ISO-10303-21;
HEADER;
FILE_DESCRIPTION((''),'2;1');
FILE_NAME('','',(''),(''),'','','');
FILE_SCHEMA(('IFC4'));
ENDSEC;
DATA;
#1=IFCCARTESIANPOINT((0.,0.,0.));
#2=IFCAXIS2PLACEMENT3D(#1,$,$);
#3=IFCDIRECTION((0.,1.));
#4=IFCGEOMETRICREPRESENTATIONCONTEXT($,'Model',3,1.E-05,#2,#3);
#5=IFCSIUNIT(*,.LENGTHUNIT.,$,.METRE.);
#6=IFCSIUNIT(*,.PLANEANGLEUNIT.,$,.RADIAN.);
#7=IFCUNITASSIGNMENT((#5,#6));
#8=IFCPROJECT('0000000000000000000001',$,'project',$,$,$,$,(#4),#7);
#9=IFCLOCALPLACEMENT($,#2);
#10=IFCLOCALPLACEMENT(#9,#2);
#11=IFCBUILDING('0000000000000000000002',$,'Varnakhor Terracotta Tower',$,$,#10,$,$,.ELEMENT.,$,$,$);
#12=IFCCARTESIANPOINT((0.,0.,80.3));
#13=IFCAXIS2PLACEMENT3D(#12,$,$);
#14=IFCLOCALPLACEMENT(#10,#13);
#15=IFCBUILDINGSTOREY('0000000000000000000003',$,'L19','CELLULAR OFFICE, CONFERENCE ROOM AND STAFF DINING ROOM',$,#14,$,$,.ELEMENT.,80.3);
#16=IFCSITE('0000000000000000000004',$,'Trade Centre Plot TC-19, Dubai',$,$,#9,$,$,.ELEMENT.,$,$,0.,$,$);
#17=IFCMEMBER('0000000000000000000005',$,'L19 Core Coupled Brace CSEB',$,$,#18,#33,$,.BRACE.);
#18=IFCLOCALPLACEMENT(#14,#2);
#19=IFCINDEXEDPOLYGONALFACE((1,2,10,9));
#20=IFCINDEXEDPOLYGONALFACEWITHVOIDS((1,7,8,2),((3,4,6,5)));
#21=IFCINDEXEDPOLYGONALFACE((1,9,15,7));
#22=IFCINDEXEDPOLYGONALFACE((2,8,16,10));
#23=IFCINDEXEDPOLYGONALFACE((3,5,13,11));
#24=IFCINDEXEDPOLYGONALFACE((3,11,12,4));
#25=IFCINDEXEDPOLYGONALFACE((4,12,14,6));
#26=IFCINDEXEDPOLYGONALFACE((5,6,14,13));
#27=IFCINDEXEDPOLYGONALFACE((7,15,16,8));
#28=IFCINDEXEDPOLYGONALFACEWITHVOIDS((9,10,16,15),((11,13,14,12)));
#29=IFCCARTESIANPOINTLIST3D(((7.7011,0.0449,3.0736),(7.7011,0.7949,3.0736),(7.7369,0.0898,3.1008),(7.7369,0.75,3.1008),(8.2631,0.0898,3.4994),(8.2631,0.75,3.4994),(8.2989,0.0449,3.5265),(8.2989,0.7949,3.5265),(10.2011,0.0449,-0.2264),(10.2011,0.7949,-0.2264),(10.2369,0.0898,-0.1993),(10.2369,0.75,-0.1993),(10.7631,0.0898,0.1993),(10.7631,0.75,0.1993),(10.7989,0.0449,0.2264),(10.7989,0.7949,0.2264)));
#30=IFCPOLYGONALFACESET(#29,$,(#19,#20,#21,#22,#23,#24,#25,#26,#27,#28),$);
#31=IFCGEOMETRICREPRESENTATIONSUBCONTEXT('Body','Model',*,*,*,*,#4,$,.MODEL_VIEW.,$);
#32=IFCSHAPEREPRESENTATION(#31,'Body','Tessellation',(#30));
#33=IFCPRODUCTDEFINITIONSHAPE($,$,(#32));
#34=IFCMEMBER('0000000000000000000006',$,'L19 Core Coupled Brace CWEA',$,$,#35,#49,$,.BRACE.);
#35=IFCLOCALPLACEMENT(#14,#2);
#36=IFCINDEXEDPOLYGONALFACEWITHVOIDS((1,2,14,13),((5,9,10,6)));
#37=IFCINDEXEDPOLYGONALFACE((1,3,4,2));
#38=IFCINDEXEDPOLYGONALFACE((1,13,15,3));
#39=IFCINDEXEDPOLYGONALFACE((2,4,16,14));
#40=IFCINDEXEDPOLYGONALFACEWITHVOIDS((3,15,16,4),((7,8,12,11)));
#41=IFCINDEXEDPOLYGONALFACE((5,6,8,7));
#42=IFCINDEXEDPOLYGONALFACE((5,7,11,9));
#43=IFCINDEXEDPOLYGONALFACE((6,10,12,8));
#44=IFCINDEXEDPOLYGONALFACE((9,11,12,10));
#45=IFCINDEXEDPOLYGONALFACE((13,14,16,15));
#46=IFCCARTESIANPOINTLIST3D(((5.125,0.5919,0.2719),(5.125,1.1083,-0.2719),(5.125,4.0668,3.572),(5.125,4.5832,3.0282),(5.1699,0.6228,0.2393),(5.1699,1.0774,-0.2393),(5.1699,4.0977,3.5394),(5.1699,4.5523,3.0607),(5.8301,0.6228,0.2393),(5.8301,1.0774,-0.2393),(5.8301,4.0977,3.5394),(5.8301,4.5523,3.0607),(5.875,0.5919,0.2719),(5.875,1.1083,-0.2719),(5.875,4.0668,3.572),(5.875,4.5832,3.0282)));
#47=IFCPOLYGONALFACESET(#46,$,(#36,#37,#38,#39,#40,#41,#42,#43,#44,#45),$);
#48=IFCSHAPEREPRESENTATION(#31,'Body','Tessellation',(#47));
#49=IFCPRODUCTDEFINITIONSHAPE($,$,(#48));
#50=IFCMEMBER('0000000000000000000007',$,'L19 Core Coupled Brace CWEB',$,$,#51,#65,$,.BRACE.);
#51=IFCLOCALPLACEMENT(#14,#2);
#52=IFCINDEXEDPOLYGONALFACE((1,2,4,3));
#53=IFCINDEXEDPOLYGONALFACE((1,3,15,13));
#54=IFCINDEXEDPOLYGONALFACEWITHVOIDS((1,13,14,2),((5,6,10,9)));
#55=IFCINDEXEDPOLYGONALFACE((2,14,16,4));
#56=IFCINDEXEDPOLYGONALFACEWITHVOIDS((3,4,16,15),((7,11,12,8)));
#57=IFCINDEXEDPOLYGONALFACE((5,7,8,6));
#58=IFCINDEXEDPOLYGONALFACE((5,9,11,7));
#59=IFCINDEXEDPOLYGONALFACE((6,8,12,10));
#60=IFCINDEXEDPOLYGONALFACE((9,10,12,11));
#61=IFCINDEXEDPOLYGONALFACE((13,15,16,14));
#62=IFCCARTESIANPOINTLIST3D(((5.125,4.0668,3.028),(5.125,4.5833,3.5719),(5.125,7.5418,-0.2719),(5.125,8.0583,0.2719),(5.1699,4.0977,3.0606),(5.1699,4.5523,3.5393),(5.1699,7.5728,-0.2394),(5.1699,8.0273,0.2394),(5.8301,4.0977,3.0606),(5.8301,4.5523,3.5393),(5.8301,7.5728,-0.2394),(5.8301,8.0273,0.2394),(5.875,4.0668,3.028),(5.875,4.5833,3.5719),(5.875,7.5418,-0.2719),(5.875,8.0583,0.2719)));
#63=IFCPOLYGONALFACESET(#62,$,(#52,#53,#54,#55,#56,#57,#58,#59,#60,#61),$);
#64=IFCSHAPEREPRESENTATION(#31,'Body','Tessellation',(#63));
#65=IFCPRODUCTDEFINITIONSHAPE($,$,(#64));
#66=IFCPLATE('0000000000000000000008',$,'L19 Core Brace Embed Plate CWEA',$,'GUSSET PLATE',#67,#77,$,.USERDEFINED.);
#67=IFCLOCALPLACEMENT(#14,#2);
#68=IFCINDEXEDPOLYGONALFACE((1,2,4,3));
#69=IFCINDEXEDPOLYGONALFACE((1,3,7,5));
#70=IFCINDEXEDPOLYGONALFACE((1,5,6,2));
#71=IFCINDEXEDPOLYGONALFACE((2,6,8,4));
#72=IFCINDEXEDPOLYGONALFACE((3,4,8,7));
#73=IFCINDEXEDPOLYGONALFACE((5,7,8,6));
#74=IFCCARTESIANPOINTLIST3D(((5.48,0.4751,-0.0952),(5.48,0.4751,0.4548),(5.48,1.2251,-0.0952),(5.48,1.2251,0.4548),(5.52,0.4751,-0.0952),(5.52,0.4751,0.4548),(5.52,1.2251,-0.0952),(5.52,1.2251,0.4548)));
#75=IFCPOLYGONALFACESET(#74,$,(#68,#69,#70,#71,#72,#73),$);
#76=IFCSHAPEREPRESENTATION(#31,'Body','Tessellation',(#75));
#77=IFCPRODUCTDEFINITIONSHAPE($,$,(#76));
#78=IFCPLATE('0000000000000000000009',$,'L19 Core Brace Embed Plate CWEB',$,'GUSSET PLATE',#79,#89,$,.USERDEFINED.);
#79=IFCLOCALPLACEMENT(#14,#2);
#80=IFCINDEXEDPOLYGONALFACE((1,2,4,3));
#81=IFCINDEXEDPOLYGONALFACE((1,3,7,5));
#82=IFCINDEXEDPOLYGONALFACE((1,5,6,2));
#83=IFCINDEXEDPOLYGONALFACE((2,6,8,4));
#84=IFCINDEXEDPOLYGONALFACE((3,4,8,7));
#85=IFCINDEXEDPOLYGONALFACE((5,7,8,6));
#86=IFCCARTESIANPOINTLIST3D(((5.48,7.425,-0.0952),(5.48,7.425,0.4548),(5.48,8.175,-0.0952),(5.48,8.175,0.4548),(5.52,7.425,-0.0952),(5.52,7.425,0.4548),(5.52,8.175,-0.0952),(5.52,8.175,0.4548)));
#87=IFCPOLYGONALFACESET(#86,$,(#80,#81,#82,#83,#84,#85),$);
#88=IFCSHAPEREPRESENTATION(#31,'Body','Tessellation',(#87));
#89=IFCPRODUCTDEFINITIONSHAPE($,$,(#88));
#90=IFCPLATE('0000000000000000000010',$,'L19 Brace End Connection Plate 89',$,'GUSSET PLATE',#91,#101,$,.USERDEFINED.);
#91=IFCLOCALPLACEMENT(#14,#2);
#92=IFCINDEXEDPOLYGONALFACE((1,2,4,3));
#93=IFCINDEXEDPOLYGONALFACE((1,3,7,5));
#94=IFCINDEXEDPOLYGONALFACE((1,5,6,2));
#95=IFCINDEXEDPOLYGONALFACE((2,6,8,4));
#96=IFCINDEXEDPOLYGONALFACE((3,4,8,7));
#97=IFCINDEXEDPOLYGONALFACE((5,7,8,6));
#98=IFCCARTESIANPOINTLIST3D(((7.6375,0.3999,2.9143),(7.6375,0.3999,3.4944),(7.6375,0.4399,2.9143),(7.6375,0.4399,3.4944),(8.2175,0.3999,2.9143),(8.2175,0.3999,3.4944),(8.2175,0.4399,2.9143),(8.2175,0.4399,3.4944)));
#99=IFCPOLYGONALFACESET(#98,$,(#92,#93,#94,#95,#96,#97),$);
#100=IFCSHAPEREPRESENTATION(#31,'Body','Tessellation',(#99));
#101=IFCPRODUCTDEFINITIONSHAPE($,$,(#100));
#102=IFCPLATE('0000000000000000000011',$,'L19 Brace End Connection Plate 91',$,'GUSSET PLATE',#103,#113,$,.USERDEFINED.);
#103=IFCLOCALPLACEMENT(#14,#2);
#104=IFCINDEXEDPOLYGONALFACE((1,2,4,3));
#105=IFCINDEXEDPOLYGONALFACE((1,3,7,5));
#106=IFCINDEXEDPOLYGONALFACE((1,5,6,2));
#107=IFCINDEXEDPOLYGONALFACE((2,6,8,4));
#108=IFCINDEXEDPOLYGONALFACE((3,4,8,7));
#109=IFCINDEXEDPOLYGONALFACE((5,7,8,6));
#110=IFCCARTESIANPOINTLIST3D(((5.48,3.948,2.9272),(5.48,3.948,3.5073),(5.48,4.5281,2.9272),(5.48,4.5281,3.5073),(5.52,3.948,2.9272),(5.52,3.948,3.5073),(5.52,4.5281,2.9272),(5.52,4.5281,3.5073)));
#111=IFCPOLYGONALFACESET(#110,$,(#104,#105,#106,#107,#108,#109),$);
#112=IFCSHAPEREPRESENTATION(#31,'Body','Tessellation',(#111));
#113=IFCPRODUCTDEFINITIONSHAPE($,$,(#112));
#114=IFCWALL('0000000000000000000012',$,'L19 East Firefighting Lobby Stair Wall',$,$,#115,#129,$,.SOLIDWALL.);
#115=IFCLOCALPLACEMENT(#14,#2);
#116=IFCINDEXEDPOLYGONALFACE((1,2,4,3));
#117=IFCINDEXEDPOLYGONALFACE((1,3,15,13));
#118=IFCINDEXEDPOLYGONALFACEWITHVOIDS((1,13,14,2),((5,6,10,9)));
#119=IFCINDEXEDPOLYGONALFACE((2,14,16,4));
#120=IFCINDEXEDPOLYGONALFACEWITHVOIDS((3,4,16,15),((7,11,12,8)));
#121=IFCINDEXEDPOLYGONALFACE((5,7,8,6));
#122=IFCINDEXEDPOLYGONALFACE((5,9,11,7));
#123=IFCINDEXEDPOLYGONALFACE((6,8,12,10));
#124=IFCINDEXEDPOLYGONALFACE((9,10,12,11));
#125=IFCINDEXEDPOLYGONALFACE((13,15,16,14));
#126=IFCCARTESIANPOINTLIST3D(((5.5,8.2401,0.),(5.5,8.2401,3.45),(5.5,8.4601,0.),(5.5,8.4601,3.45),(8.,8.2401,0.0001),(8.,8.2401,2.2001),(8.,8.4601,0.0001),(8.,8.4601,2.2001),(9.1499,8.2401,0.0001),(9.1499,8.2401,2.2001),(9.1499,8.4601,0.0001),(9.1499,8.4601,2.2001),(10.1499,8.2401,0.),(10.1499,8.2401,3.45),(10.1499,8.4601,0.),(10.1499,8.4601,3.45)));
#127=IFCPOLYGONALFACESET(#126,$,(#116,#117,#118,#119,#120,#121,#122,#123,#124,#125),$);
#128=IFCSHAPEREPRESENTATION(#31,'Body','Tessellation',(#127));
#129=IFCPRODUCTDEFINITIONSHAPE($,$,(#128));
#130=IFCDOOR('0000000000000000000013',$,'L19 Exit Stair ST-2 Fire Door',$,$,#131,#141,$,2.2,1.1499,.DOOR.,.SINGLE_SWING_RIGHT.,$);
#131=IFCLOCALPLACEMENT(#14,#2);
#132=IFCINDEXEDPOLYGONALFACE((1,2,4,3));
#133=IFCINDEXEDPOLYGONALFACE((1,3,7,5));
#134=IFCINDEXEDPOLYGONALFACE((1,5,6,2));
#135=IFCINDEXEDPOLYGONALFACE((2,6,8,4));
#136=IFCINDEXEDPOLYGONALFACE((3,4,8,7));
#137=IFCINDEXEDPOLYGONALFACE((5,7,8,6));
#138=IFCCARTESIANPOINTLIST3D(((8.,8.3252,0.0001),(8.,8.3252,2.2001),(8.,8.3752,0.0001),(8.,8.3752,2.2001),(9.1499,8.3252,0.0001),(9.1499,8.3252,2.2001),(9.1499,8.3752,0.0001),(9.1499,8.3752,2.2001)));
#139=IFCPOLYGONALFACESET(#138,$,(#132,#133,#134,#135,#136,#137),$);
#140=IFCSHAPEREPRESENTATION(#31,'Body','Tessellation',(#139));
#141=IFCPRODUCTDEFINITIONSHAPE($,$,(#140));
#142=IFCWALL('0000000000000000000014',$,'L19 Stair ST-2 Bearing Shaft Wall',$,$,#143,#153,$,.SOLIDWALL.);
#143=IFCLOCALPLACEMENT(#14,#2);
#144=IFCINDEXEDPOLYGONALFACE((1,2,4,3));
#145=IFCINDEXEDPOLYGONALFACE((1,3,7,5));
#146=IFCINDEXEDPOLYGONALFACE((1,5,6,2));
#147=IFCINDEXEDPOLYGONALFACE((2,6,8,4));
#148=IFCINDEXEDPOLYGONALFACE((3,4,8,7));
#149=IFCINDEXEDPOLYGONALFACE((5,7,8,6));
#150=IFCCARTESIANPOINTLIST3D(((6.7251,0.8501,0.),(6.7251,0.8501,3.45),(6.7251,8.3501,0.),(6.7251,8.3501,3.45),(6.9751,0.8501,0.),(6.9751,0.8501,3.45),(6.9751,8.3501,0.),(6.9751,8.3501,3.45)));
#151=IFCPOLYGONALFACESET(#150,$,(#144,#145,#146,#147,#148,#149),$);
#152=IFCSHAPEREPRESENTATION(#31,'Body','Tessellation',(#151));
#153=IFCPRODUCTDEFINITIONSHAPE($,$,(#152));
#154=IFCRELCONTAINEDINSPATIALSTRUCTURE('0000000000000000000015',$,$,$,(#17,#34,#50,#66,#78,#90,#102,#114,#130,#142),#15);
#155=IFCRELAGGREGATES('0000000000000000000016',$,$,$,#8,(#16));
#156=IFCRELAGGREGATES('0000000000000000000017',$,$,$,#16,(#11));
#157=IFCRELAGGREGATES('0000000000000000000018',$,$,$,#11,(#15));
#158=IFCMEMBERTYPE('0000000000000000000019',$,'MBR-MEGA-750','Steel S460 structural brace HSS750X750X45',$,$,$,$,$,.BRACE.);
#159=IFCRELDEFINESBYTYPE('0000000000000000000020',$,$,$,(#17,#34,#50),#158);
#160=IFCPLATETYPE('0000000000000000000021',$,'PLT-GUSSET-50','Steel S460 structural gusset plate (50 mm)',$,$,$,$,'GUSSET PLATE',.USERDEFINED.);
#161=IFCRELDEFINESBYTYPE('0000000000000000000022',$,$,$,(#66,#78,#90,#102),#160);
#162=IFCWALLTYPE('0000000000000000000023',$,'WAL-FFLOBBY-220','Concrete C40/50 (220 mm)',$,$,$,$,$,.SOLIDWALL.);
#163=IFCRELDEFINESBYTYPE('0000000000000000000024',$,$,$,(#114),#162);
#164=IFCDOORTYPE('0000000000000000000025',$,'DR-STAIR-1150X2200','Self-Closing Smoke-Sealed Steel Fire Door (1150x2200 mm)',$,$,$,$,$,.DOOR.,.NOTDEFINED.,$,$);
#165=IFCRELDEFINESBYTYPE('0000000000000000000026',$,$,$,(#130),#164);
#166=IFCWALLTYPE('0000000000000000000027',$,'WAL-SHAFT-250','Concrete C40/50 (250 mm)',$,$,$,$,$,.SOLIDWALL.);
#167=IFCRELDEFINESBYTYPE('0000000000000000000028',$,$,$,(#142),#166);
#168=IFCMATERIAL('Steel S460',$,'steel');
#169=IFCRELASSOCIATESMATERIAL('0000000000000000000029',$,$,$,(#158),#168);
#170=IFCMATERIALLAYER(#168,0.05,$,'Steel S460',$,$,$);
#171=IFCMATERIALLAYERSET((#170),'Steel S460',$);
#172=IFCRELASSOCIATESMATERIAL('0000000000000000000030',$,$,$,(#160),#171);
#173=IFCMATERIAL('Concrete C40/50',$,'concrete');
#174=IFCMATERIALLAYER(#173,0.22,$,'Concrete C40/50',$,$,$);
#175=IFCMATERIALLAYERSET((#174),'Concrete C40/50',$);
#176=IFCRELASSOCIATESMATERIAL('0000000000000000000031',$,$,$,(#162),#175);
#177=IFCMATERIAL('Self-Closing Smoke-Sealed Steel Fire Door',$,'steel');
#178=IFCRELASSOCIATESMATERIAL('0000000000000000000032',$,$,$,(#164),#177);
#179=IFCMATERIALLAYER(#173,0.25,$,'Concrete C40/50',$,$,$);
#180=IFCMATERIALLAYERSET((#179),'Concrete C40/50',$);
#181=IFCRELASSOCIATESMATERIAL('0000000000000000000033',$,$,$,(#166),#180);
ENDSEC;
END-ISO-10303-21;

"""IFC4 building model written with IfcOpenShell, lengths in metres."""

from ifc_helpers import new_model, si_unit, direction, frame, frame_2d, origin, origin_2d, place, context, subcontext, project, spatial, rectangle, hollow_rectangle, extrude, source, transform, mapped, material, layer, layer_set, material_profile, profile_set, type_object, type_shapes, element, fill, save


model = new_model("IFC4")

# Units and contexts
model_context = context("Model", 3, precision=1e-05, world=origin(), true_north=direction((0.0, 1.0)))
body_context = subcontext(model_context, "Body", "Model", "MODEL_VIEW")
ifc_project = project(units=[si_unit("LENGTHUNIT", "METRE"), si_unit("PLANEANGLEUNIT", "RADIAN")], contexts=[model_context])

# Site, building, storey
site_placement = place(None, origin())
site = spatial("IfcSite", under=ifc_project, at=site_placement, Name="Trade Centre Plot TC-19, Dubai", CompositionType="ELEMENT", RefElevation=0.0)
building_placement = place(site_placement, origin())
building = spatial("IfcBuilding", under=site, at=building_placement, Name="Varnakhor Terracotta Tower", CompositionType="ELEMENT")
storey_placement = place(building_placement, frame((0.0, 0.0, 80.3)))
storey = spatial("IfcBuildingStorey", under=building, at=storey_placement, Name="L19", Description="CELLULAR OFFICE, CONFERENCE ROOM AND STAFF DINING ROOM", CompositionType="ELEMENT", Elevation=80.3)

# Members
ifc_material_1 = material(Name="Steel S460", Category="steel")
ifc_material_profile = material_profile(ifc_material_1, hollow_rectangle(XDim=0.75, YDim=0.75, WallThickness=0.0449, at=origin_2d()), Name="HSS750X750X45")
ifc_profile_set = profile_set([ifc_material_profile], Name="Steel S460")
member_type = type_object("IfcMemberType", Name="MBR-MEGA-750", Description="Steel S460 structural brace HSS750X750X45", PredefinedType="BRACE", material=ifc_profile_set)
shared_shape_1 = source(origin(), body_context, "Body", "SweptSolid", [
    extrude(hollow_rectangle(XDim=0.75, YDim=0.75, WallThickness=0.0449, at=origin_2d()), origin(), (0.0, 0.0, 1.0), 4.1401),
])
type_shapes(member_type, [shared_shape_1])
member_placement = place(storey_placement, frame((10.5, 0.4199, 0.0), z_axis=(-0.603852, 0.0, 0.797096), x_axis=(0.0, -1.0, 0.0)))
element("IfcMember", 1, at=member_placement, inside=storey, type_object=member_type, Name="L19 Core Coupled Brace CSEB", PredefinedType="BRACE", context=body_context, shape_type="MappedRepresentation", body=[
    mapped(shared_shape_1, transform((0.0, 0.0, 0.0), scale=1.0)),
])
shared_shape_2 = source(origin(), body_context, "Body", "SweptSolid", [
    extrude(hollow_rectangle(XDim=0.75, YDim=0.75, WallThickness=0.0449, at=origin_2d()), origin(), (0.0, 0.0, 1.0), 4.7922),
])
for number, where, z_axis, x_axis, name in (
    (2, (5.5, 0.8501, 0.0), (0.0, 0.72511, 0.688633), (-1.0, 0.0, 0.0), "L19 Core Coupled Brace CWEA"),
    (3, (5.5, 7.8, 0.0), (0.0, -0.725134, 0.688608), (1.0, 0.0, 0.0), "L19 Core Coupled Brace CWEB"),
):
    element("IfcMember", number, at=place(storey_placement, frame(where, z_axis=z_axis, x_axis=x_axis)), inside=storey, type_object=member_type, Name=name, PredefinedType="BRACE", context=body_context, shape_type="MappedRepresentation", body=[
        mapped(shared_shape_2, transform((0.0, 0.0, 0.0), scale=1.0)),
    ])

# Plates
ifc_layer_1 = layer(ifc_material_1, 0.05, Name="Steel S460")
ifc_layer_set_1 = layer_set([ifc_layer_1], Name="Steel S460")
plate_type = type_object("IfcPlateType", Name="PLT-GUSSET-50", Description="Steel S460 structural gusset plate (50 mm)", ElementType="GUSSET PLATE", PredefinedType="USERDEFINED", material=ifc_layer_set_1)
shared_shape_3 = source(origin(), body_context, "Body", "SweptSolid", [
    extrude(rectangle(XDim=0.75, YDim=0.04, at=origin_2d()), origin(), (0.0, 0.0, 1.0), 0.55),
])
type_shapes(plate_type, [shared_shape_3])
for number, where, z_axis, x_axis, name in (
    (4, (5.5, 0.8501, -0.0952), (0.0, 0.0, 1.0), (0.0, 1.0, 0.0), "L19 Core Brace Embed Plate CWEA"),
    (5, (5.5, 7.8, -0.0952), (0.0, 0.0, 1.0), (0.0, 1.0, 0.0), "L19 Core Brace Embed Plate CWEB"),
):
    element("IfcPlate", number, at=place(storey_placement, frame(where, z_axis=z_axis, x_axis=x_axis)), inside=storey, type_object=plate_type, Name=name, ObjectType="GUSSET PLATE", PredefinedType="USERDEFINED", context=body_context, shape_type="MappedRepresentation", body=[
        mapped(shared_shape_3, transform((0.0, 0.0, 0.0), scale=1.0)),
    ])
shared_shape_4 = source(origin(), body_context, "Body", "SweptSolid", [
    extrude(rectangle(XDim=0.5801, YDim=0.04, at=origin_2d()), origin(), (0.0, 0.0, 1.0), 0.5801),
])
for number, where, z_axis, x_axis, name in (
    (6, (7.9275, 0.4199, 2.9143), (0.0, 0.0, 1.0), (1.0, 0.0, 0.0), "L19 Brace End Connection Plate 89"),
    (7, (5.5, 4.238, 2.9272), (0.0, 0.0, 1.0), (0.0, 1.0, 0.0), "L19 Brace End Connection Plate 91"),
):
    element("IfcPlate", number, at=place(storey_placement, frame(where, z_axis=z_axis, x_axis=x_axis)), inside=storey, type_object=plate_type, Name=name, ObjectType="GUSSET PLATE", PredefinedType="USERDEFINED", context=body_context, shape_type="MappedRepresentation", body=[
        mapped(shared_shape_4, transform((0.0, 0.0, 0.0), scale=1.0)),
    ])

# Wall, opening, door
ifc_material_2 = material(Name="Concrete C40/50", Category="concrete")
ifc_layer_2 = layer(ifc_material_2, 0.22, Name="Concrete C40/50")
ifc_layer_set_2 = layer_set([ifc_layer_2], Name="Concrete C40/50")
wall_type_1 = type_object("IfcWallType", Name="WAL-FFLOBBY-220", Description="Concrete C40/50 (220 mm)", PredefinedType="SOLIDWALL", material=ifc_layer_set_2)
wall_1_placement = place(storey_placement, frame((10.1499, 8.3501, 0.0), z_axis=(0.0, 0.0, 1.0), x_axis=(-1.0, 0.0, 0.0)))
wall_1 = element("IfcWall", 8, at=wall_1_placement, inside=storey, type_object=wall_type_1, Name="L19 East Firefighting Lobby Stair Wall", PredefinedType="SOLIDWALL", context=body_context, shape_type="SweptSolid", body=[
    extrude(rectangle(XDim=4.6499, YDim=0.22, at=frame_2d((2.325, 0.0))), origin(), (0.0, 0.0, 1.0), 3.45),
])
opening_placement = place(wall_1_placement, frame((1.0, 0.0, 0.0)))
opening = element("IfcOpeningElement", 9, at=opening_placement, cuts=wall_1, PredefinedType="OPENING", context=body_context, shape_type="SweptSolid", body=[
    extrude(rectangle(XDim=1.1499, YDim=2.2, at=frame_2d((0.575, 1.1001))), frame((0.0, 0.1201, 0.0), z_axis=(0.0, -1.0, 0.0), x_axis=(1.0, 0.0, 0.0)), (0.0, 0.0, 1.0), 0.24),
])
ifc_material_3 = material(Name="Self-Closing Smoke-Sealed Steel Fire Door", Category="steel")
door_type = type_object("IfcDoorType", Name="DR-STAIR-1150X2200", Description="Self-Closing Smoke-Sealed Steel Fire Door (1150x2200 mm)", OperationType="NOTDEFINED", PredefinedType="DOOR", material=ifc_material_3)
shared_shape_5 = source(origin(), body_context, "Body", "SweptSolid", [
    extrude(rectangle(XDim=1.1499, YDim=2.2, at=frame_2d((0.575, 1.1001))), frame((0.0, 0.0249, 0.0), z_axis=(0.0, -1.0, 0.0), x_axis=(1.0, 0.0, 0.0)), (0.0, 0.0, 1.0), 0.05),
])
type_shapes(door_type, [shared_shape_5])
door_placement = place(opening_placement, origin())
door = element("IfcDoor", 10, at=door_placement, inside=storey, type_object=door_type, Name="L19 Exit Stair ST-2 Fire Door", OperationType="SINGLE_SWING_RIGHT", OverallHeight=2.2, OverallWidth=1.1499, PredefinedType="DOOR", context=body_context, shape_type="MappedRepresentation", body=[
    mapped(shared_shape_5, transform((0.0, 0.0, 0.0), scale=1.0)),
])
fill(opening, door)

# Wall
ifc_layer_3 = layer(ifc_material_2, 0.25, Name="Concrete C40/50")
ifc_layer_set_3 = layer_set([ifc_layer_3], Name="Concrete C40/50")
wall_type_2 = type_object("IfcWallType", Name="WAL-SHAFT-250", Description="Concrete C40/50 (250 mm)", PredefinedType="SOLIDWALL", material=ifc_layer_set_3)
wall_2_placement = place(storey_placement, frame((6.8501, 0.8501, 0.0), z_axis=(0.0, 0.0, 1.0), x_axis=(0.0, 1.0, 0.0)))
element("IfcWall", 11, at=wall_2_placement, inside=storey, type_object=wall_type_2, Name="L19 Stair ST-2 Bearing Shaft Wall", PredefinedType="SOLIDWALL", context=body_context, shape_type="SweptSolid", body=[
    extrude(rectangle(XDim=7.5, YDim=0.25, at=frame_2d((3.75, 0.0))), origin(), (0.0, 0.0, 1.0), 3.45),
])

save(model, "model.ifc")
